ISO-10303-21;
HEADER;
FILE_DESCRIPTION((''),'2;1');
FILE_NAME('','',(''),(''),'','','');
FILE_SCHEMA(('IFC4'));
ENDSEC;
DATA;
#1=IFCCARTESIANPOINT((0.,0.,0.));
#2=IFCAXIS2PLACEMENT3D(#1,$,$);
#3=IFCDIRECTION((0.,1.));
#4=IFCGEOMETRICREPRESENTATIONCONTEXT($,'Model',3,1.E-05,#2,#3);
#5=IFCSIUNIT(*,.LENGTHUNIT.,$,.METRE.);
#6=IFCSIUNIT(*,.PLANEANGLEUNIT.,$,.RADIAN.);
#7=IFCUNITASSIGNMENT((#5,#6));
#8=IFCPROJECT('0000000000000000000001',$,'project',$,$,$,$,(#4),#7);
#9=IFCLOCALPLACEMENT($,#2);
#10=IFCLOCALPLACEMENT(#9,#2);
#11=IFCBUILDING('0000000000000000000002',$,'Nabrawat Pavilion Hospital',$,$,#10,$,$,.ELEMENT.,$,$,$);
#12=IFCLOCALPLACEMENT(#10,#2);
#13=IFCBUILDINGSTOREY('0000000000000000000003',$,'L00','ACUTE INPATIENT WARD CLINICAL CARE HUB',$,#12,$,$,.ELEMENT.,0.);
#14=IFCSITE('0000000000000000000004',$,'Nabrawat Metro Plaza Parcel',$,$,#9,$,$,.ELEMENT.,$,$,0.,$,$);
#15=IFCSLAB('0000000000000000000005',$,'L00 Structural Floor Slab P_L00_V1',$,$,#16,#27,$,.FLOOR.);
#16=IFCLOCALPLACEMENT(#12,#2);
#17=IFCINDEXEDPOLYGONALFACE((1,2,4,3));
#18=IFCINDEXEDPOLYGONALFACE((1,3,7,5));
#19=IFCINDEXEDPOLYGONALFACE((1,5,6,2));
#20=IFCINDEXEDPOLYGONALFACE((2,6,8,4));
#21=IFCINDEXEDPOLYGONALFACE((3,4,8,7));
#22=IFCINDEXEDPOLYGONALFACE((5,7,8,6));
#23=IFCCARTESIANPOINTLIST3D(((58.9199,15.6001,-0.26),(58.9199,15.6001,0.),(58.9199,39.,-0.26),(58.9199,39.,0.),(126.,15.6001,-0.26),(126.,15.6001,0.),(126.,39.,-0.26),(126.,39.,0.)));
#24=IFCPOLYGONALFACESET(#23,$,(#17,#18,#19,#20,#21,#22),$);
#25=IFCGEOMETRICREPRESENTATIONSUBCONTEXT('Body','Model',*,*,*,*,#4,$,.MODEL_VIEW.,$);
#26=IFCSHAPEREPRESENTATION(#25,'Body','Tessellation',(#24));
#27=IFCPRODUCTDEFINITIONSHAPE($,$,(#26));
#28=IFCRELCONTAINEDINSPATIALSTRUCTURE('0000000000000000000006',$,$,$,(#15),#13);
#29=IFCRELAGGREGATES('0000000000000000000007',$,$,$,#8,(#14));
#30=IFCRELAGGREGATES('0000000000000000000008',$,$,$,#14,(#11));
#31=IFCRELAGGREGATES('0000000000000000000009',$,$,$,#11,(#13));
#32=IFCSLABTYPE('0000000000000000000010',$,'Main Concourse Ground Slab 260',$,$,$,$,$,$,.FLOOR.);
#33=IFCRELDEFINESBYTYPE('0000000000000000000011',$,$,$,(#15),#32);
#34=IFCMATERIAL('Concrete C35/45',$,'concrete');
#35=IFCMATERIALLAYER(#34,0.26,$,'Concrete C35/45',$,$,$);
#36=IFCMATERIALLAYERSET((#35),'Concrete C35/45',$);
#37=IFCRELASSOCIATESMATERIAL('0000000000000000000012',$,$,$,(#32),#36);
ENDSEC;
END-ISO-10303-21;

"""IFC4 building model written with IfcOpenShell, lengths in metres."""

from ifc_helpers import new_model, si_unit, direction, frame, origin, place, context, subcontext, project, spatial, polyline, outline, extrude, material, layer, layer_set, type_object, element, save


model = new_model("IFC4")

# Units and contexts
model_context = context("Model", 3, precision=1e-05, world=origin(), true_north=direction((0.0, 1.0)))
body_context = subcontext(model_context, "Body", "Model", "MODEL_VIEW")
ifc_project = project(units=[si_unit("LENGTHUNIT", "METRE"), si_unit("PLANEANGLEUNIT", "RADIAN")], contexts=[model_context])

# Site, building, storey
site_placement = place(None, origin())
site = spatial("IfcSite", under=ifc_project, at=site_placement, Name="Nabrawat Metro Plaza Parcel", CompositionType="ELEMENT", RefElevation=0.0)
building_placement = place(site_placement, origin())
building = spatial("IfcBuilding", under=site, at=building_placement, Name="Nabrawat Pavilion Hospital", CompositionType="ELEMENT")
storey_placement = place(building_placement, origin())
storey = spatial("IfcBuildingStorey", under=building, at=storey_placement, Name="L00", Description="ACUTE INPATIENT WARD CLINICAL CARE HUB", CompositionType="ELEMENT", Elevation=0.0)

# Shared definitions
ifc_material_1 = material(Name="Concrete C35/45", Category="concrete")

# Slab
ifc_layer_1 = layer(ifc_material_1, 0.26, Name="Concrete C35/45")
ifc_layer_set_1 = layer_set([ifc_layer_1], Name="Concrete C35/45")
slab_type_1 = type_object("IfcSlabType", Name="Main Concourse Ground Slab 260", PredefinedType="FLOOR", material=ifc_layer_set_1)
slab_1_placement = place(storey_placement, frame((0.0, 0.0, -0.26)))
element("IfcSlab", 1, at=slab_1_placement, inside=storey, type_object=slab_type_1, Name="L00 Structural Floor Slab P_L00_V1", PredefinedType="FLOOR", context=body_context, shape_type="SweptSolid", body=[
    extrude(outline(polyline([(126.0, 15.6001), (126.0, 39.0), (58.9199, 39.0), (58.9199, 15.6001), (126.0, 15.6001)])), origin(), (0.0, 0.0, 1.0), 0.26),
])

save(model, "model.ifc")
